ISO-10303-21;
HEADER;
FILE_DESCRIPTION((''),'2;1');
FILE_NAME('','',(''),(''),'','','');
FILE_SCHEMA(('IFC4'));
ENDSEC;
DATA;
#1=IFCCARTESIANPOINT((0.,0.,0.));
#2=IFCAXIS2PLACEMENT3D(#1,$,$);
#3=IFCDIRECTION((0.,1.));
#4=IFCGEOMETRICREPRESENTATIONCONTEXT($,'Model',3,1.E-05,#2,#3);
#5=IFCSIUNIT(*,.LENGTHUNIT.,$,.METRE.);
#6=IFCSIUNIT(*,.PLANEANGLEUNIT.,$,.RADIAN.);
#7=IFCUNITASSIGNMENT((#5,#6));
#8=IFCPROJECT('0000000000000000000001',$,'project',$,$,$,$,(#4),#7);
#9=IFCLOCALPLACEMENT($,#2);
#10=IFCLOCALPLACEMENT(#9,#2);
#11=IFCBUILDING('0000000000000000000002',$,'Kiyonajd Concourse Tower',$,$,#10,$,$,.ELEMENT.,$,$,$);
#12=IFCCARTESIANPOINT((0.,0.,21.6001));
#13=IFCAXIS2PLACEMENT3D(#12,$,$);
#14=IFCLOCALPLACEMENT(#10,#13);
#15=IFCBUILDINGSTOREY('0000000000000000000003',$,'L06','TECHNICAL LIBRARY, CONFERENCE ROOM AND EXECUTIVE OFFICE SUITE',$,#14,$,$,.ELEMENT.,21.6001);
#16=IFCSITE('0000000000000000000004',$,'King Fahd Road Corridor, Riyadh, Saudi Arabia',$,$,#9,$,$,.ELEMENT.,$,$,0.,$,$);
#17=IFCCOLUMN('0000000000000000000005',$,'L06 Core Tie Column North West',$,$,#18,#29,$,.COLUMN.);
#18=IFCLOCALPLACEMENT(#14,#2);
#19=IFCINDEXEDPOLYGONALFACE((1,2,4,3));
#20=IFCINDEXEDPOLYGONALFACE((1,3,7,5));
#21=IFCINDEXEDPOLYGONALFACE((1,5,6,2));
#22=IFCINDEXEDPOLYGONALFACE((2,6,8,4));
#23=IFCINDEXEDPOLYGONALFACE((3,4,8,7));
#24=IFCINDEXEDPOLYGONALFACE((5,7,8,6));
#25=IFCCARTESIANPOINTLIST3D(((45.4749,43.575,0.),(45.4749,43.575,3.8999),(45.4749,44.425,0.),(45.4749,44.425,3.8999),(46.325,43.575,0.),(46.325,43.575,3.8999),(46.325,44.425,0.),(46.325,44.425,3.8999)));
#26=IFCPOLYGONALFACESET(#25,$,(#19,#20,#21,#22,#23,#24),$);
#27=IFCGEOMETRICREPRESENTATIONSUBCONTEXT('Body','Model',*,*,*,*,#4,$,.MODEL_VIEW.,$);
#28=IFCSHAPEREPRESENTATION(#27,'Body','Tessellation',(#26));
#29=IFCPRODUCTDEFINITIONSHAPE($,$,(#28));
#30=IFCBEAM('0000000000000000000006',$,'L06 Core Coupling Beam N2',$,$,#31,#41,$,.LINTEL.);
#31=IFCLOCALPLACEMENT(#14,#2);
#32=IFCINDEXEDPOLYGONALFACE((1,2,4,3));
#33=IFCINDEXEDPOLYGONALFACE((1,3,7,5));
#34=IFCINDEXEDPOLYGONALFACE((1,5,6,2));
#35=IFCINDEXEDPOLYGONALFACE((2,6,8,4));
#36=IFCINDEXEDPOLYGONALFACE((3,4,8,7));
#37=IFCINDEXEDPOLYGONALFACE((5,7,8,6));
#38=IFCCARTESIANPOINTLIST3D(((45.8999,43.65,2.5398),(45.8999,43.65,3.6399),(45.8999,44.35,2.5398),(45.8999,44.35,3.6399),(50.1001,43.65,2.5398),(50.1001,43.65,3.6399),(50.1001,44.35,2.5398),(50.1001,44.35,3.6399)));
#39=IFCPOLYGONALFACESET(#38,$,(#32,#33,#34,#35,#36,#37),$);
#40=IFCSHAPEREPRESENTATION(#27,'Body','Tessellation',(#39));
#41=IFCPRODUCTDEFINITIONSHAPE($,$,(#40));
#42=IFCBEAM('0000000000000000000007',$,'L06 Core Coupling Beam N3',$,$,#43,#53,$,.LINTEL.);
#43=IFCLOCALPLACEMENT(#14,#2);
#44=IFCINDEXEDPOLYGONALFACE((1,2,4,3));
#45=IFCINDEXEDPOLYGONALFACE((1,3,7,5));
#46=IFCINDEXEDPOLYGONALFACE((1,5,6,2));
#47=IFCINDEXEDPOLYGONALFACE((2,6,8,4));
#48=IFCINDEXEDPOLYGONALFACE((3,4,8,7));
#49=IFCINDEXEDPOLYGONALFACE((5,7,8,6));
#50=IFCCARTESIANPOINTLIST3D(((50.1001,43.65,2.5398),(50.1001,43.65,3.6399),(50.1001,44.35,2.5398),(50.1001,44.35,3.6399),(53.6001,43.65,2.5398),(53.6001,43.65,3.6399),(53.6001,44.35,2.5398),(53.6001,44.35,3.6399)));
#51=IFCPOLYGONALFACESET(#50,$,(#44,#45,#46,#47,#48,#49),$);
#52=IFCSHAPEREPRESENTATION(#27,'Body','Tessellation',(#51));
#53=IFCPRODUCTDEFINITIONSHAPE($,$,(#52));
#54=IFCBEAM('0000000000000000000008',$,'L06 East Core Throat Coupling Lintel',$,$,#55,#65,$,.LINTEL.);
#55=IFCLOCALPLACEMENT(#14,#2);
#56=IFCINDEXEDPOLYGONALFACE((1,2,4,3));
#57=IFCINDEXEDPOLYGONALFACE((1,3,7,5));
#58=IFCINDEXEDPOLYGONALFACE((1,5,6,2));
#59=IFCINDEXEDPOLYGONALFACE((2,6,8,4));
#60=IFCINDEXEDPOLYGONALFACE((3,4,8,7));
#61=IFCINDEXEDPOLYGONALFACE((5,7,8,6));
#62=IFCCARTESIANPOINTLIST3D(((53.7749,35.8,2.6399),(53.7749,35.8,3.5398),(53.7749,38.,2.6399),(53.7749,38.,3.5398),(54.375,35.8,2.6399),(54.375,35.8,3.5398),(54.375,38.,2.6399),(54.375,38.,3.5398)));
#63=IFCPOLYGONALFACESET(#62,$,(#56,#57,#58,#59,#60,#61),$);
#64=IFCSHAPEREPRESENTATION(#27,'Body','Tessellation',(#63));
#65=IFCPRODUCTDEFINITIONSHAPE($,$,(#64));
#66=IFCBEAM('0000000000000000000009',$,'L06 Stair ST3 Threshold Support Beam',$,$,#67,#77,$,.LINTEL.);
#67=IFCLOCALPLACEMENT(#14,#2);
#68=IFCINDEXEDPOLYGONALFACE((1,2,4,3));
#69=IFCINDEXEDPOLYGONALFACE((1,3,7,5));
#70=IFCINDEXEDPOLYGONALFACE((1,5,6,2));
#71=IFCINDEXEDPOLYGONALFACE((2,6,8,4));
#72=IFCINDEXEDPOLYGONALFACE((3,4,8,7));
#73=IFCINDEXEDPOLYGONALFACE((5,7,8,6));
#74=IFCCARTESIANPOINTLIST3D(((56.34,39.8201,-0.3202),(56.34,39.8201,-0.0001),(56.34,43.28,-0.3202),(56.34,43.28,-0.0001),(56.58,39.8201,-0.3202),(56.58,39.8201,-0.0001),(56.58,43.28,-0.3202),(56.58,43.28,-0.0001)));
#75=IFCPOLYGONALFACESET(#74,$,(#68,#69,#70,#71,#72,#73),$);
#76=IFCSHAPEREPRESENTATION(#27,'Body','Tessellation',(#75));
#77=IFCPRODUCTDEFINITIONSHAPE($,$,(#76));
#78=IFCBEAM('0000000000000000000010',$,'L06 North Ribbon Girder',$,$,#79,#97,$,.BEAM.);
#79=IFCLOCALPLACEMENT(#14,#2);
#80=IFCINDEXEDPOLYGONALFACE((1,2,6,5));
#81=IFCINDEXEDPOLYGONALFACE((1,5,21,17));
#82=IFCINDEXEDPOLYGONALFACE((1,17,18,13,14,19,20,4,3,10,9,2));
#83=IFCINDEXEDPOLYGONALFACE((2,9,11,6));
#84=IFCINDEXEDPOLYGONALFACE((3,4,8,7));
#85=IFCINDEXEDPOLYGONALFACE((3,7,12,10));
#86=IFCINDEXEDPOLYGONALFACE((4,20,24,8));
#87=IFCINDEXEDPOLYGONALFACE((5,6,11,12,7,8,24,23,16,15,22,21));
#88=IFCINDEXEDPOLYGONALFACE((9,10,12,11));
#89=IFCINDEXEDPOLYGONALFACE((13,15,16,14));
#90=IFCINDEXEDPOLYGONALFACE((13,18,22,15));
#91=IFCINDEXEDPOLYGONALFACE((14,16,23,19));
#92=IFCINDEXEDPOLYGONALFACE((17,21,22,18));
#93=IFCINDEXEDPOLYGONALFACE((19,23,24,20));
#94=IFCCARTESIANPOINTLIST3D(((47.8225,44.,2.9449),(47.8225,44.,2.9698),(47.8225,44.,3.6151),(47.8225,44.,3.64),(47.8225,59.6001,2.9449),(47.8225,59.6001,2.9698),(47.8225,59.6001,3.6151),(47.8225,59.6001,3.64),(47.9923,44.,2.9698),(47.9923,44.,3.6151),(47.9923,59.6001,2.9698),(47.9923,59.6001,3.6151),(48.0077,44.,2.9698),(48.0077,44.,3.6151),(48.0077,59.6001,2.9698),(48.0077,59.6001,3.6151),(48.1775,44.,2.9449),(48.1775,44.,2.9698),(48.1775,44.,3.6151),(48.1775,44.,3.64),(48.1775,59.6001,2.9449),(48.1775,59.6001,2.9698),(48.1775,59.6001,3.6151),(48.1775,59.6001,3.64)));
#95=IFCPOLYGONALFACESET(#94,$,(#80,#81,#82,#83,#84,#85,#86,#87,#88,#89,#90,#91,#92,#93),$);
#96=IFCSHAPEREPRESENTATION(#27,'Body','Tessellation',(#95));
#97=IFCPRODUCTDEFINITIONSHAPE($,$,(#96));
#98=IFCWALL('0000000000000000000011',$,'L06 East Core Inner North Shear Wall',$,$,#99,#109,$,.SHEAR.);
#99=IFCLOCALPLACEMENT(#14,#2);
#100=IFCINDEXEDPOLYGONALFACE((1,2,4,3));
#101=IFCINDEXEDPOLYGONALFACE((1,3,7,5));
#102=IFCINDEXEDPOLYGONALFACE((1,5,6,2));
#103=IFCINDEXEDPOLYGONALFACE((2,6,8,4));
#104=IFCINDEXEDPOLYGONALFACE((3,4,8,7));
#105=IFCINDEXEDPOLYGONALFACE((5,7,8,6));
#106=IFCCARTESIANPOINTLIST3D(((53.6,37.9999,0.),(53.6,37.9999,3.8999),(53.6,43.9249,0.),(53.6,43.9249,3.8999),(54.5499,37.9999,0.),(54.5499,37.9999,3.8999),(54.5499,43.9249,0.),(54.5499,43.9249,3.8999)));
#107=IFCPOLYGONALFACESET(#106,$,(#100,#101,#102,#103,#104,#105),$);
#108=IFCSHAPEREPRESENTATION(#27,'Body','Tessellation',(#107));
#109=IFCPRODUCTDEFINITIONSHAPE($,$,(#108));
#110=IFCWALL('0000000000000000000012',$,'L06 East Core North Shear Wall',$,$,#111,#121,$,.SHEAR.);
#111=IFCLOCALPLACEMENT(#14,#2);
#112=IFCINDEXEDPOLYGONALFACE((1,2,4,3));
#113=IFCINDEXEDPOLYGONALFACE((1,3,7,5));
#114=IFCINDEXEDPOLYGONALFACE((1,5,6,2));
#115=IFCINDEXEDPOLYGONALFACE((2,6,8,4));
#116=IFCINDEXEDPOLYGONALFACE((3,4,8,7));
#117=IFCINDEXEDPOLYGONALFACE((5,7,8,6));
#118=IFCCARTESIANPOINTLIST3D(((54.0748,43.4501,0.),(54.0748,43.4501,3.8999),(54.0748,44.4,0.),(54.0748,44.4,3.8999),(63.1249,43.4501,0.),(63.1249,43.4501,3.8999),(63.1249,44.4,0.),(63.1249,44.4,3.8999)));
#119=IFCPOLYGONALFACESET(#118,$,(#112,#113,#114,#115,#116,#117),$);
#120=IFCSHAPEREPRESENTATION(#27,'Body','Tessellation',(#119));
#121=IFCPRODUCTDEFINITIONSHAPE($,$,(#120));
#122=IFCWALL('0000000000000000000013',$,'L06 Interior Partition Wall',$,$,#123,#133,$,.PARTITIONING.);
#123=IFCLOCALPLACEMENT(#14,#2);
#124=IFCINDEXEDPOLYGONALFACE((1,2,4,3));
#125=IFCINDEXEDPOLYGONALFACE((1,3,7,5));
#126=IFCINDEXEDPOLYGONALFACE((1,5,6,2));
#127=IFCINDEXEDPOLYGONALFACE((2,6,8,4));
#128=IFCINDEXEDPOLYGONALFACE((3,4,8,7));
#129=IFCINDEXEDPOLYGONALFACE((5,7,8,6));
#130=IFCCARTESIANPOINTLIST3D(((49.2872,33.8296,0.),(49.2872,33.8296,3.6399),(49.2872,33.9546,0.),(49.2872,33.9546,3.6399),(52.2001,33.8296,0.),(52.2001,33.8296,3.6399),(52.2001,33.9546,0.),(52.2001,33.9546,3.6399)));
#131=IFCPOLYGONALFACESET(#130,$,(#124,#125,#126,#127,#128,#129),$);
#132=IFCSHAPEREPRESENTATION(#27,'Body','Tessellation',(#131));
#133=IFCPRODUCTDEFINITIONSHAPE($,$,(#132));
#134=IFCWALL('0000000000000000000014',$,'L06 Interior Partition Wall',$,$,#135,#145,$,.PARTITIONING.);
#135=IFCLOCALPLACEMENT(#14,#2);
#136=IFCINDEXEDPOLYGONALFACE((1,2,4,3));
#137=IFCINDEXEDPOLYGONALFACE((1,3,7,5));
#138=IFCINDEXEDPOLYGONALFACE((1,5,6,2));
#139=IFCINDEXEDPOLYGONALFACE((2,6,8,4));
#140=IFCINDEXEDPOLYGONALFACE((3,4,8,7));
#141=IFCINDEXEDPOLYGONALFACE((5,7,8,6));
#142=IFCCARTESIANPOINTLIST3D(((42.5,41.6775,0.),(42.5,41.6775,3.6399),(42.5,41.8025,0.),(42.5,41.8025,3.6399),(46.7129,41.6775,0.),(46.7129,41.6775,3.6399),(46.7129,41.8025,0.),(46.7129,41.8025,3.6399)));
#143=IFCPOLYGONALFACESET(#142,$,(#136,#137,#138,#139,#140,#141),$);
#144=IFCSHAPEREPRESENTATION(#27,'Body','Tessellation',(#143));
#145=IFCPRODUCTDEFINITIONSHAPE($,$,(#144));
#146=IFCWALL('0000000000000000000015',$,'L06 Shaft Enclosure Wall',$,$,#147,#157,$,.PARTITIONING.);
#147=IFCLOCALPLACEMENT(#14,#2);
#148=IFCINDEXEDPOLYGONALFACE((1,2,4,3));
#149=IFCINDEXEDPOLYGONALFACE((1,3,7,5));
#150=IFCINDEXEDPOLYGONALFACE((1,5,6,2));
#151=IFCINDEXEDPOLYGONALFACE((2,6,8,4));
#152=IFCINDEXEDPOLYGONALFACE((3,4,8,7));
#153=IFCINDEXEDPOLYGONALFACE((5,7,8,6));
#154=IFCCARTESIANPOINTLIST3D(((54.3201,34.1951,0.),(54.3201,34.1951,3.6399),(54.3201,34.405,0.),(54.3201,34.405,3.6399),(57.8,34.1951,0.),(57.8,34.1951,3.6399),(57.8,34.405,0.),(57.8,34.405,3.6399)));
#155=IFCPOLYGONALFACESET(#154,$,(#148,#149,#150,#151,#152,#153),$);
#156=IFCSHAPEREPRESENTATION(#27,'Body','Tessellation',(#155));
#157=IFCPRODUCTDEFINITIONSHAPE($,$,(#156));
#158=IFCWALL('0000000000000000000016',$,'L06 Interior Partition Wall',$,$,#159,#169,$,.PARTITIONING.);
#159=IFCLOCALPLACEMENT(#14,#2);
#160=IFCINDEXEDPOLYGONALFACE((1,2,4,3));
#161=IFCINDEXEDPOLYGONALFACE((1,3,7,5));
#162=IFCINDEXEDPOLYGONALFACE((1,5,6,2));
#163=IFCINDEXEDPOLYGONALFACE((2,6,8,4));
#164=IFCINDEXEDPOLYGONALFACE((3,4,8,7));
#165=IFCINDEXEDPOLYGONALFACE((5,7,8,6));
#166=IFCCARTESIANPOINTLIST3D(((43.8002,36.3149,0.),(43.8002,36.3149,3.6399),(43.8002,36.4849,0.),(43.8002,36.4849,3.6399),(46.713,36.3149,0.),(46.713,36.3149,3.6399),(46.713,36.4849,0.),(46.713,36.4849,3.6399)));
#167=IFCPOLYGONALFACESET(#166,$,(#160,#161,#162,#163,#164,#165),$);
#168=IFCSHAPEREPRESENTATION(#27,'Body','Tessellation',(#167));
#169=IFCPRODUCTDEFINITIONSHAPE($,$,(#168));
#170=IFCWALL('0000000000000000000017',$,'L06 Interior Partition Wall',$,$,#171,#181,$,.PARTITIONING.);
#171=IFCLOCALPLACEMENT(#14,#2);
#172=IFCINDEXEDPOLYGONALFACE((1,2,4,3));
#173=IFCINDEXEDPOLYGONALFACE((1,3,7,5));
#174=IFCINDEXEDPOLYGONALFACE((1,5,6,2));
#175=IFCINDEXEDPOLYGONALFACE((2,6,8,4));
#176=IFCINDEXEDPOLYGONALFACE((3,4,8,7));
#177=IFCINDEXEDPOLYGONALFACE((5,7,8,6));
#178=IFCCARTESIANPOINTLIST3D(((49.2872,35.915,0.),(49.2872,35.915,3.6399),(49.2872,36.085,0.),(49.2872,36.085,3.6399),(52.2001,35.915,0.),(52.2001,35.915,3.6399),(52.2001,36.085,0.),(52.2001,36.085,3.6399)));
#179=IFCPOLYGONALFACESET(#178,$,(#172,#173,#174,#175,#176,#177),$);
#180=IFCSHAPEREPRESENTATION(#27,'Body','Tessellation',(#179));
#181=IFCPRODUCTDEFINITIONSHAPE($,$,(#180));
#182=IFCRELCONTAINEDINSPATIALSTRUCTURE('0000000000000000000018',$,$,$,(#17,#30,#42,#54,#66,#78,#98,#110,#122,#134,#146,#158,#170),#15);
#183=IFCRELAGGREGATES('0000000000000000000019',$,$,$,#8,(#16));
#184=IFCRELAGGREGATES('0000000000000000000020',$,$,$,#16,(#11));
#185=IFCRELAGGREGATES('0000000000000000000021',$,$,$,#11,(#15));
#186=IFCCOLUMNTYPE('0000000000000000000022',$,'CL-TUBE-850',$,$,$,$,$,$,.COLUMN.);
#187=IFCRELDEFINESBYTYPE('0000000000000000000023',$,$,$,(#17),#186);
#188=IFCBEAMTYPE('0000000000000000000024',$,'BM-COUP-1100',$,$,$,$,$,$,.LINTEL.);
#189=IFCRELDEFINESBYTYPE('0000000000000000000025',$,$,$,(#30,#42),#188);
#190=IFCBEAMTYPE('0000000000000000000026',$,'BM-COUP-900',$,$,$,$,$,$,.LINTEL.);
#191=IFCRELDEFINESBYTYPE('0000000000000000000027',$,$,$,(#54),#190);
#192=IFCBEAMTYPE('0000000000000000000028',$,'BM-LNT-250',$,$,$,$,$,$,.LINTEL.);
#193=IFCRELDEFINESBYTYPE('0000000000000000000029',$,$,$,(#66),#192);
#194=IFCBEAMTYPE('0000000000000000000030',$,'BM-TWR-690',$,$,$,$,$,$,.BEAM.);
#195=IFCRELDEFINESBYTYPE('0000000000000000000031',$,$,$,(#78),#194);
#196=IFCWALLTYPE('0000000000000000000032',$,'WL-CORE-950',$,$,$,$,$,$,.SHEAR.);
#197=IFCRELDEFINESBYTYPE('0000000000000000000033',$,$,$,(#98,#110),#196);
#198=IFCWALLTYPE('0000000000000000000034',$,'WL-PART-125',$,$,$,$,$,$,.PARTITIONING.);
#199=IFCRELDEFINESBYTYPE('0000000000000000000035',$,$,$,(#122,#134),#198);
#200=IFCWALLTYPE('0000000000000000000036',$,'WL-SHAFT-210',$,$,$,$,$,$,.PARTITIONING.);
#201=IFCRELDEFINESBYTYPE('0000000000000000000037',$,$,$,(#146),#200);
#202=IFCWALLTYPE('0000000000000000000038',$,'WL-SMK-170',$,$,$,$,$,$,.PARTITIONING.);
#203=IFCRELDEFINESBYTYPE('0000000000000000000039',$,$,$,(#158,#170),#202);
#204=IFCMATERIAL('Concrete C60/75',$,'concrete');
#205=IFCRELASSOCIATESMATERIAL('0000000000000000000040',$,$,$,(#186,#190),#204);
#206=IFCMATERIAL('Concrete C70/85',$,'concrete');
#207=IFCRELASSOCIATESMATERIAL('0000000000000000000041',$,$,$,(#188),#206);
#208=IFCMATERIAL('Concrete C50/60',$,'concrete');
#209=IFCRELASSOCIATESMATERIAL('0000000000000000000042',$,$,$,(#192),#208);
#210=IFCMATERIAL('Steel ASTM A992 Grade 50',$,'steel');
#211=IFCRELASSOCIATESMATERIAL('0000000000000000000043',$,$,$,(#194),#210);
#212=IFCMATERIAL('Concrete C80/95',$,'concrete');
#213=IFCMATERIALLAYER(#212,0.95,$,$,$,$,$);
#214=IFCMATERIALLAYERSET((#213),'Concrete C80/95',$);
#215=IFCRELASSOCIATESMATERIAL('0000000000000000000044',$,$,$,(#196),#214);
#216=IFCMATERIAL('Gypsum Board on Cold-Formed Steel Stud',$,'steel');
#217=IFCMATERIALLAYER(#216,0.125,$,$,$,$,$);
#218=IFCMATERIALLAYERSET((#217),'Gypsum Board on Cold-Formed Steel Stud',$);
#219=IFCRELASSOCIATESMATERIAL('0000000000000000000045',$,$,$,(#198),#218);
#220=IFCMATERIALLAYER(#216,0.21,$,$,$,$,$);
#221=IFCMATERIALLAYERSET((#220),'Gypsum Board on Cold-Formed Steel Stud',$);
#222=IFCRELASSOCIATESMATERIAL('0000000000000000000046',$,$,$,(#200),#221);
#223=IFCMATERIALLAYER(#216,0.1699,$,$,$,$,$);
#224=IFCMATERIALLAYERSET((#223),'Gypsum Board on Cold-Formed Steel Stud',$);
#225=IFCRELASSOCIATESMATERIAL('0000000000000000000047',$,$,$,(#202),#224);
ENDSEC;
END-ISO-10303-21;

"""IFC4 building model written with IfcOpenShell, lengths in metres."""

from ifc_helpers import new_model, si_unit, direction, frame, frame_2d, origin, origin_2d, place, context, subcontext, project, spatial, rectangle, i_section, extrude, material, layer, layer_set, material_profile, profile_set, type_object, element, save


model = new_model("IFC4")

# Units and contexts
model_context = context("Model", 3, precision=1e-05, world=origin(), true_north=direction((0.0, 1.0)))
body_context = subcontext(model_context, "Body", "Model", "MODEL_VIEW")
ifc_project = project(units=[si_unit("LENGTHUNIT", "METRE"), si_unit("PLANEANGLEUNIT", "RADIAN")], contexts=[model_context])

# Site, building, storey
site_placement = place(None, origin())
site = spatial("IfcSite", under=ifc_project, at=site_placement, Name="King Fahd Road Corridor, Riyadh, Saudi Arabia", CompositionType="ELEMENT", RefElevation=0.0)
building_placement = place(site_placement, origin())
building = spatial("IfcBuilding", under=site, at=building_placement, Name="Kiyonajd Concourse Tower", CompositionType="ELEMENT")
storey_placement = place(building_placement, frame((0.0, 0.0, 21.6001)))
storey = spatial("IfcBuildingStorey", under=building, at=storey_placement, Name="L06", Description="TECHNICAL LIBRARY, CONFERENCE ROOM AND EXECUTIVE OFFICE SUITE", CompositionType="ELEMENT", Elevation=21.6001)

# Column
ifc_material_1 = material(Name="Concrete C60/75", Category="concrete")
ifc_material_profile_1 = material_profile(ifc_material_1, rectangle(XDim=0.8501, YDim=0.8501, at=origin_2d()), Name="RC-850x850")
ifc_profile_set_1 = profile_set([ifc_material_profile_1], Name="Concrete C60/75")
column_type = type_object("IfcColumnType", Name="CL-TUBE-850", PredefinedType="COLUMN", material=ifc_profile_set_1)
column_placement = place(storey_placement, frame((45.8999, 44.0, 0.0), z_axis=(0.0, 0.0, 1.0), x_axis=(1.0, 0.0, 0.0)))
element("IfcColumn", 1, at=column_placement, inside=storey, type_object=column_type, Name="L06 Core Tie Column North West", PredefinedType="COLUMN", context=body_context, shape_type="SweptSolid", body=[
    extrude(rectangle(XDim=0.8501, YDim=0.8501, at=origin_2d()), origin(), (0.0, 0.0, 1.0), 3.8999),
])

# Beams
ifc_material_2 = material(Name="Concrete C70/85", Category="concrete")
ifc_material_profile_2 = material_profile(ifc_material_2, rectangle(XDim=0.7, YDim=1.1001, at=origin_2d()), Name="RCBM-700x1100")
ifc_profile_set_2 = profile_set([ifc_material_profile_2], Name="Concrete C70/85")
beam_type_1 = type_object("IfcBeamType", Name="BM-COUP-1100", PredefinedType="LINTEL", material=ifc_profile_set_2)
beam_1_placement = place(storey_placement, frame((45.8999, 44.0, 3.0898), z_axis=(1.0, 0.0, 0.0), x_axis=(0.0, 1.0, 0.0)))
element("IfcBeam", 2, at=beam_1_placement, inside=storey, type_object=beam_type_1, Name="L06 Core Coupling Beam N2", PredefinedType="LINTEL", context=body_context, shape_type="SweptSolid", body=[
    extrude(rectangle(XDim=0.7, YDim=1.1001, at=origin_2d()), origin(), (0.0, 0.0, 1.0), 4.2002),
])
beam_2_placement = place(storey_placement, frame((50.1001, 44.0, 3.0898), z_axis=(1.0, 0.0, 0.0), x_axis=(0.0, 1.0, 0.0)))
element("IfcBeam", 3, at=beam_2_placement, inside=storey, type_object=beam_type_1, Name="L06 Core Coupling Beam N3", PredefinedType="LINTEL", context=body_context, shape_type="SweptSolid", body=[
    extrude(rectangle(XDim=0.7, YDim=1.1001, at=origin_2d()), origin(), (0.0, 0.0, 1.0), 3.5),
])
ifc_material_profile_3 = material_profile(ifc_material_1, rectangle(XDim=0.6001, YDim=0.8999, at=origin_2d()), Name="RCBM-600x900")
ifc_profile_set_3 = profile_set([ifc_material_profile_3], Name="Concrete C60/75")
beam_type_2 = type_object("IfcBeamType", Name="BM-COUP-900", PredefinedType="LINTEL", material=ifc_profile_set_3)
beam_3_placement = place(storey_placement, frame((54.075, 35.8, 3.0898), z_axis=(0.0, 1.0, 0.0), x_axis=(-1.0, 0.0, 0.0)))
element("IfcBeam", 4, at=beam_3_placement, inside=storey, type_object=beam_type_2, Name="L06 East Core Throat Coupling Lintel", PredefinedType="LINTEL", context=body_context, shape_type="SweptSolid", body=[
    extrude(rectangle(XDim=0.6001, YDim=0.8999, at=origin_2d()), origin(), (0.0, 0.0, 1.0), 2.2),
])
ifc_material_3 = material(Name="Concrete C50/60", Category="concrete")
ifc_material_profile_4 = material_profile(ifc_material_3, rectangle(XDim=0.24, YDim=0.3201, at=origin_2d()), Name="RCBM-240x320")
ifc_profile_set_4 = profile_set([ifc_material_profile_4], Name="Concrete C50/60")
beam_type_3 = type_object("IfcBeamType", Name="BM-LNT-250", PredefinedType="LINTEL", material=ifc_profile_set_4)
beam_4_placement = place(storey_placement, frame((56.46, 39.8201, -0.1602), z_axis=(0.0, 1.0, 0.0), x_axis=(-1.0, 0.0, 0.0)))
element("IfcBeam", 5, at=beam_4_placement, inside=storey, type_object=beam_type_3, Name="L06 Stair ST3 Threshold Support Beam", PredefinedType="LINTEL", context=body_context, shape_type="SweptSolid", body=[
    extrude(rectangle(XDim=0.24, YDim=0.3201, at=origin_2d()), origin(), (0.0, 0.0, 1.0), 3.46),
])
ifc_material_4 = material(Name="Steel ASTM A992 Grade 50", Category="steel")
ifc_material_profile_5 = material_profile(ifc_material_4, i_section(OverallWidth=0.355, OverallDepth=0.6951, WebThickness=0.0154, FlangeThickness=0.0249, at=origin_2d()), Name="W690X217")
ifc_profile_set_5 = profile_set([ifc_material_profile_5], Name="Steel ASTM A992 Grade 50")
beam_type_4 = type_object("IfcBeamType", Name="BM-TWR-690", PredefinedType="BEAM", material=ifc_profile_set_5)
beam_5_placement = place(storey_placement, frame((48.0, 44.0, 3.2925), z_axis=(0.0, 1.0, 0.0), x_axis=(-1.0, 0.0, 0.0)))
element("IfcBeam", 6, at=beam_5_placement, inside=storey, type_object=beam_type_4, Name="L06 North Ribbon Girder", PredefinedType="BEAM", context=body_context, shape_type="SweptSolid", body=[
    extrude(i_section(OverallWidth=0.355, OverallDepth=0.6951, WebThickness=0.0154, FlangeThickness=0.0249, at=origin_2d()), origin(), (0.0, 0.0, 1.0), 15.6001),
])

# Walls
ifc_material_5 = material(Name="Concrete C80/95", Category="concrete")
ifc_layer_1 = layer(ifc_material_5, 0.95)
ifc_layer_set_1 = layer_set([ifc_layer_1], Name="Concrete C80/95")
wall_type_1 = type_object("IfcWallType", Name="WL-CORE-950", PredefinedType="SHEAR", material=ifc_layer_set_1)
wall_1_placement = place(storey_placement, frame((54.075, 38.0, 0.0), z_axis=(0.0, 0.0, 1.0), x_axis=(0.0, 1.0, 0.0)))
element("IfcWall", 7, at=wall_1_placement, inside=storey, type_object=wall_type_1, Name="L06 East Core Inner North Shear Wall", PredefinedType="SHEAR", context=body_context, shape_type="SweptSolid", body=[
    extrude(rectangle(XDim=5.925, YDim=0.95, at=frame_2d((2.9624, 0.0))), origin(), (0.0, 0.0, 1.0), 3.8999),
])
wall_2_placement = place(storey_placement, frame((54.075, 43.925, 0.0), z_axis=(0.0, 0.0, 1.0), x_axis=(1.0, 0.0, 0.0)))
element("IfcWall", 8, at=wall_2_placement, inside=storey, type_object=wall_type_1, Name="L06 East Core North Shear Wall", PredefinedType="SHEAR", context=body_context, shape_type="SweptSolid", body=[
    extrude(rectangle(XDim=9.05, YDim=0.95, at=frame_2d((4.5249, 0.0))), origin(), (0.0, 0.0, 1.0), 3.8999),
])
ifc_material_6 = material(Name="Gypsum Board on Cold-Formed Steel Stud", Category="steel")
ifc_layer_2 = layer(ifc_material_6, 0.125)
ifc_layer_set_2 = layer_set([ifc_layer_2], Name="Gypsum Board on Cold-Formed Steel Stud")
wall_type_2 = type_object("IfcWallType", Name="WL-PART-125", PredefinedType="PARTITIONING", material=ifc_layer_set_2)
wall_3_placement = place(storey_placement, frame((49.2871, 33.8921, 0.0), z_axis=(0.0, 0.0, 1.0), x_axis=(1.0, 0.0, 0.0)))
element("IfcWall", 9, at=wall_3_placement, inside=storey, type_object=wall_type_2, Name="L06 Interior Partition Wall", PredefinedType="PARTITIONING", context=body_context, shape_type="SweptSolid", body=[
    extrude(rectangle(XDim=2.9128, YDim=0.125, at=frame_2d((1.4565, 0.0))), origin(), (0.0, 0.0, 1.0), 3.6399),
])
wall_4_placement = place(storey_placement, frame((42.5, 41.74, 0.0), z_axis=(0.0, 0.0, 1.0), x_axis=(1.0, 0.0, 0.0)))
element("IfcWall", 10, at=wall_4_placement, inside=storey, type_object=wall_type_2, Name="L06 Interior Partition Wall", PredefinedType="PARTITIONING", context=body_context, shape_type="SweptSolid", body=[
    extrude(rectangle(XDim=4.2129, YDim=0.125, at=frame_2d((2.1064, 0.0))), origin(), (0.0, 0.0, 1.0), 3.6399),
])
ifc_layer_3 = layer(ifc_material_6, 0.21)
ifc_layer_set_3 = layer_set([ifc_layer_3], Name="Gypsum Board on Cold-Formed Steel Stud")
wall_type_3 = type_object("IfcWallType", Name="WL-SHAFT-210", PredefinedType="PARTITIONING", material=ifc_layer_set_3)
wall_5_placement = place(storey_placement, frame((54.3201, 34.3, 0.0), z_axis=(0.0, 0.0, 1.0), x_axis=(1.0, 0.0, 0.0)))
element("IfcWall", 11, at=wall_5_placement, inside=storey, type_object=wall_type_3, Name="L06 Shaft Enclosure Wall", PredefinedType="PARTITIONING", context=body_context, shape_type="SweptSolid", body=[
    extrude(rectangle(XDim=3.48, YDim=0.21, at=frame_2d((1.74, 0.0))), origin(), (0.0, 0.0, 1.0), 3.6399),
])
ifc_layer_4 = layer(ifc_material_6, 0.1699)
ifc_layer_set_4 = layer_set([ifc_layer_4], Name="Gypsum Board on Cold-Formed Steel Stud")
wall_type_4 = type_object("IfcWallType", Name="WL-SMK-170", PredefinedType="PARTITIONING", material=ifc_layer_set_4)
for number, where, z_axis, x_axis, name in (
    (12, (43.8, 36.3999, 0.0), (0.0, 0.0, 1.0), (1.0, 0.0, 0.0), "L06 Interior Partition Wall"),
    (13, (49.2871, 36.0, 0.0), (0.0, 0.0, 1.0), (1.0, 0.0, 0.0), "L06 Interior Partition Wall"),
):
    element("IfcWall", number, at=place(storey_placement, frame(where, z_axis=z_axis, x_axis=x_axis)), inside=storey, type_object=wall_type_4, Name=name, PredefinedType="PARTITIONING", context=body_context, shape_type="SweptSolid", body=[
        extrude(rectangle(XDim=2.9128, YDim=0.1699, at=frame_2d((1.4565, 0.0))), origin(), (0.0, 0.0, 1.0), 3.6399),
    ])

save(model, "model.ifc")
